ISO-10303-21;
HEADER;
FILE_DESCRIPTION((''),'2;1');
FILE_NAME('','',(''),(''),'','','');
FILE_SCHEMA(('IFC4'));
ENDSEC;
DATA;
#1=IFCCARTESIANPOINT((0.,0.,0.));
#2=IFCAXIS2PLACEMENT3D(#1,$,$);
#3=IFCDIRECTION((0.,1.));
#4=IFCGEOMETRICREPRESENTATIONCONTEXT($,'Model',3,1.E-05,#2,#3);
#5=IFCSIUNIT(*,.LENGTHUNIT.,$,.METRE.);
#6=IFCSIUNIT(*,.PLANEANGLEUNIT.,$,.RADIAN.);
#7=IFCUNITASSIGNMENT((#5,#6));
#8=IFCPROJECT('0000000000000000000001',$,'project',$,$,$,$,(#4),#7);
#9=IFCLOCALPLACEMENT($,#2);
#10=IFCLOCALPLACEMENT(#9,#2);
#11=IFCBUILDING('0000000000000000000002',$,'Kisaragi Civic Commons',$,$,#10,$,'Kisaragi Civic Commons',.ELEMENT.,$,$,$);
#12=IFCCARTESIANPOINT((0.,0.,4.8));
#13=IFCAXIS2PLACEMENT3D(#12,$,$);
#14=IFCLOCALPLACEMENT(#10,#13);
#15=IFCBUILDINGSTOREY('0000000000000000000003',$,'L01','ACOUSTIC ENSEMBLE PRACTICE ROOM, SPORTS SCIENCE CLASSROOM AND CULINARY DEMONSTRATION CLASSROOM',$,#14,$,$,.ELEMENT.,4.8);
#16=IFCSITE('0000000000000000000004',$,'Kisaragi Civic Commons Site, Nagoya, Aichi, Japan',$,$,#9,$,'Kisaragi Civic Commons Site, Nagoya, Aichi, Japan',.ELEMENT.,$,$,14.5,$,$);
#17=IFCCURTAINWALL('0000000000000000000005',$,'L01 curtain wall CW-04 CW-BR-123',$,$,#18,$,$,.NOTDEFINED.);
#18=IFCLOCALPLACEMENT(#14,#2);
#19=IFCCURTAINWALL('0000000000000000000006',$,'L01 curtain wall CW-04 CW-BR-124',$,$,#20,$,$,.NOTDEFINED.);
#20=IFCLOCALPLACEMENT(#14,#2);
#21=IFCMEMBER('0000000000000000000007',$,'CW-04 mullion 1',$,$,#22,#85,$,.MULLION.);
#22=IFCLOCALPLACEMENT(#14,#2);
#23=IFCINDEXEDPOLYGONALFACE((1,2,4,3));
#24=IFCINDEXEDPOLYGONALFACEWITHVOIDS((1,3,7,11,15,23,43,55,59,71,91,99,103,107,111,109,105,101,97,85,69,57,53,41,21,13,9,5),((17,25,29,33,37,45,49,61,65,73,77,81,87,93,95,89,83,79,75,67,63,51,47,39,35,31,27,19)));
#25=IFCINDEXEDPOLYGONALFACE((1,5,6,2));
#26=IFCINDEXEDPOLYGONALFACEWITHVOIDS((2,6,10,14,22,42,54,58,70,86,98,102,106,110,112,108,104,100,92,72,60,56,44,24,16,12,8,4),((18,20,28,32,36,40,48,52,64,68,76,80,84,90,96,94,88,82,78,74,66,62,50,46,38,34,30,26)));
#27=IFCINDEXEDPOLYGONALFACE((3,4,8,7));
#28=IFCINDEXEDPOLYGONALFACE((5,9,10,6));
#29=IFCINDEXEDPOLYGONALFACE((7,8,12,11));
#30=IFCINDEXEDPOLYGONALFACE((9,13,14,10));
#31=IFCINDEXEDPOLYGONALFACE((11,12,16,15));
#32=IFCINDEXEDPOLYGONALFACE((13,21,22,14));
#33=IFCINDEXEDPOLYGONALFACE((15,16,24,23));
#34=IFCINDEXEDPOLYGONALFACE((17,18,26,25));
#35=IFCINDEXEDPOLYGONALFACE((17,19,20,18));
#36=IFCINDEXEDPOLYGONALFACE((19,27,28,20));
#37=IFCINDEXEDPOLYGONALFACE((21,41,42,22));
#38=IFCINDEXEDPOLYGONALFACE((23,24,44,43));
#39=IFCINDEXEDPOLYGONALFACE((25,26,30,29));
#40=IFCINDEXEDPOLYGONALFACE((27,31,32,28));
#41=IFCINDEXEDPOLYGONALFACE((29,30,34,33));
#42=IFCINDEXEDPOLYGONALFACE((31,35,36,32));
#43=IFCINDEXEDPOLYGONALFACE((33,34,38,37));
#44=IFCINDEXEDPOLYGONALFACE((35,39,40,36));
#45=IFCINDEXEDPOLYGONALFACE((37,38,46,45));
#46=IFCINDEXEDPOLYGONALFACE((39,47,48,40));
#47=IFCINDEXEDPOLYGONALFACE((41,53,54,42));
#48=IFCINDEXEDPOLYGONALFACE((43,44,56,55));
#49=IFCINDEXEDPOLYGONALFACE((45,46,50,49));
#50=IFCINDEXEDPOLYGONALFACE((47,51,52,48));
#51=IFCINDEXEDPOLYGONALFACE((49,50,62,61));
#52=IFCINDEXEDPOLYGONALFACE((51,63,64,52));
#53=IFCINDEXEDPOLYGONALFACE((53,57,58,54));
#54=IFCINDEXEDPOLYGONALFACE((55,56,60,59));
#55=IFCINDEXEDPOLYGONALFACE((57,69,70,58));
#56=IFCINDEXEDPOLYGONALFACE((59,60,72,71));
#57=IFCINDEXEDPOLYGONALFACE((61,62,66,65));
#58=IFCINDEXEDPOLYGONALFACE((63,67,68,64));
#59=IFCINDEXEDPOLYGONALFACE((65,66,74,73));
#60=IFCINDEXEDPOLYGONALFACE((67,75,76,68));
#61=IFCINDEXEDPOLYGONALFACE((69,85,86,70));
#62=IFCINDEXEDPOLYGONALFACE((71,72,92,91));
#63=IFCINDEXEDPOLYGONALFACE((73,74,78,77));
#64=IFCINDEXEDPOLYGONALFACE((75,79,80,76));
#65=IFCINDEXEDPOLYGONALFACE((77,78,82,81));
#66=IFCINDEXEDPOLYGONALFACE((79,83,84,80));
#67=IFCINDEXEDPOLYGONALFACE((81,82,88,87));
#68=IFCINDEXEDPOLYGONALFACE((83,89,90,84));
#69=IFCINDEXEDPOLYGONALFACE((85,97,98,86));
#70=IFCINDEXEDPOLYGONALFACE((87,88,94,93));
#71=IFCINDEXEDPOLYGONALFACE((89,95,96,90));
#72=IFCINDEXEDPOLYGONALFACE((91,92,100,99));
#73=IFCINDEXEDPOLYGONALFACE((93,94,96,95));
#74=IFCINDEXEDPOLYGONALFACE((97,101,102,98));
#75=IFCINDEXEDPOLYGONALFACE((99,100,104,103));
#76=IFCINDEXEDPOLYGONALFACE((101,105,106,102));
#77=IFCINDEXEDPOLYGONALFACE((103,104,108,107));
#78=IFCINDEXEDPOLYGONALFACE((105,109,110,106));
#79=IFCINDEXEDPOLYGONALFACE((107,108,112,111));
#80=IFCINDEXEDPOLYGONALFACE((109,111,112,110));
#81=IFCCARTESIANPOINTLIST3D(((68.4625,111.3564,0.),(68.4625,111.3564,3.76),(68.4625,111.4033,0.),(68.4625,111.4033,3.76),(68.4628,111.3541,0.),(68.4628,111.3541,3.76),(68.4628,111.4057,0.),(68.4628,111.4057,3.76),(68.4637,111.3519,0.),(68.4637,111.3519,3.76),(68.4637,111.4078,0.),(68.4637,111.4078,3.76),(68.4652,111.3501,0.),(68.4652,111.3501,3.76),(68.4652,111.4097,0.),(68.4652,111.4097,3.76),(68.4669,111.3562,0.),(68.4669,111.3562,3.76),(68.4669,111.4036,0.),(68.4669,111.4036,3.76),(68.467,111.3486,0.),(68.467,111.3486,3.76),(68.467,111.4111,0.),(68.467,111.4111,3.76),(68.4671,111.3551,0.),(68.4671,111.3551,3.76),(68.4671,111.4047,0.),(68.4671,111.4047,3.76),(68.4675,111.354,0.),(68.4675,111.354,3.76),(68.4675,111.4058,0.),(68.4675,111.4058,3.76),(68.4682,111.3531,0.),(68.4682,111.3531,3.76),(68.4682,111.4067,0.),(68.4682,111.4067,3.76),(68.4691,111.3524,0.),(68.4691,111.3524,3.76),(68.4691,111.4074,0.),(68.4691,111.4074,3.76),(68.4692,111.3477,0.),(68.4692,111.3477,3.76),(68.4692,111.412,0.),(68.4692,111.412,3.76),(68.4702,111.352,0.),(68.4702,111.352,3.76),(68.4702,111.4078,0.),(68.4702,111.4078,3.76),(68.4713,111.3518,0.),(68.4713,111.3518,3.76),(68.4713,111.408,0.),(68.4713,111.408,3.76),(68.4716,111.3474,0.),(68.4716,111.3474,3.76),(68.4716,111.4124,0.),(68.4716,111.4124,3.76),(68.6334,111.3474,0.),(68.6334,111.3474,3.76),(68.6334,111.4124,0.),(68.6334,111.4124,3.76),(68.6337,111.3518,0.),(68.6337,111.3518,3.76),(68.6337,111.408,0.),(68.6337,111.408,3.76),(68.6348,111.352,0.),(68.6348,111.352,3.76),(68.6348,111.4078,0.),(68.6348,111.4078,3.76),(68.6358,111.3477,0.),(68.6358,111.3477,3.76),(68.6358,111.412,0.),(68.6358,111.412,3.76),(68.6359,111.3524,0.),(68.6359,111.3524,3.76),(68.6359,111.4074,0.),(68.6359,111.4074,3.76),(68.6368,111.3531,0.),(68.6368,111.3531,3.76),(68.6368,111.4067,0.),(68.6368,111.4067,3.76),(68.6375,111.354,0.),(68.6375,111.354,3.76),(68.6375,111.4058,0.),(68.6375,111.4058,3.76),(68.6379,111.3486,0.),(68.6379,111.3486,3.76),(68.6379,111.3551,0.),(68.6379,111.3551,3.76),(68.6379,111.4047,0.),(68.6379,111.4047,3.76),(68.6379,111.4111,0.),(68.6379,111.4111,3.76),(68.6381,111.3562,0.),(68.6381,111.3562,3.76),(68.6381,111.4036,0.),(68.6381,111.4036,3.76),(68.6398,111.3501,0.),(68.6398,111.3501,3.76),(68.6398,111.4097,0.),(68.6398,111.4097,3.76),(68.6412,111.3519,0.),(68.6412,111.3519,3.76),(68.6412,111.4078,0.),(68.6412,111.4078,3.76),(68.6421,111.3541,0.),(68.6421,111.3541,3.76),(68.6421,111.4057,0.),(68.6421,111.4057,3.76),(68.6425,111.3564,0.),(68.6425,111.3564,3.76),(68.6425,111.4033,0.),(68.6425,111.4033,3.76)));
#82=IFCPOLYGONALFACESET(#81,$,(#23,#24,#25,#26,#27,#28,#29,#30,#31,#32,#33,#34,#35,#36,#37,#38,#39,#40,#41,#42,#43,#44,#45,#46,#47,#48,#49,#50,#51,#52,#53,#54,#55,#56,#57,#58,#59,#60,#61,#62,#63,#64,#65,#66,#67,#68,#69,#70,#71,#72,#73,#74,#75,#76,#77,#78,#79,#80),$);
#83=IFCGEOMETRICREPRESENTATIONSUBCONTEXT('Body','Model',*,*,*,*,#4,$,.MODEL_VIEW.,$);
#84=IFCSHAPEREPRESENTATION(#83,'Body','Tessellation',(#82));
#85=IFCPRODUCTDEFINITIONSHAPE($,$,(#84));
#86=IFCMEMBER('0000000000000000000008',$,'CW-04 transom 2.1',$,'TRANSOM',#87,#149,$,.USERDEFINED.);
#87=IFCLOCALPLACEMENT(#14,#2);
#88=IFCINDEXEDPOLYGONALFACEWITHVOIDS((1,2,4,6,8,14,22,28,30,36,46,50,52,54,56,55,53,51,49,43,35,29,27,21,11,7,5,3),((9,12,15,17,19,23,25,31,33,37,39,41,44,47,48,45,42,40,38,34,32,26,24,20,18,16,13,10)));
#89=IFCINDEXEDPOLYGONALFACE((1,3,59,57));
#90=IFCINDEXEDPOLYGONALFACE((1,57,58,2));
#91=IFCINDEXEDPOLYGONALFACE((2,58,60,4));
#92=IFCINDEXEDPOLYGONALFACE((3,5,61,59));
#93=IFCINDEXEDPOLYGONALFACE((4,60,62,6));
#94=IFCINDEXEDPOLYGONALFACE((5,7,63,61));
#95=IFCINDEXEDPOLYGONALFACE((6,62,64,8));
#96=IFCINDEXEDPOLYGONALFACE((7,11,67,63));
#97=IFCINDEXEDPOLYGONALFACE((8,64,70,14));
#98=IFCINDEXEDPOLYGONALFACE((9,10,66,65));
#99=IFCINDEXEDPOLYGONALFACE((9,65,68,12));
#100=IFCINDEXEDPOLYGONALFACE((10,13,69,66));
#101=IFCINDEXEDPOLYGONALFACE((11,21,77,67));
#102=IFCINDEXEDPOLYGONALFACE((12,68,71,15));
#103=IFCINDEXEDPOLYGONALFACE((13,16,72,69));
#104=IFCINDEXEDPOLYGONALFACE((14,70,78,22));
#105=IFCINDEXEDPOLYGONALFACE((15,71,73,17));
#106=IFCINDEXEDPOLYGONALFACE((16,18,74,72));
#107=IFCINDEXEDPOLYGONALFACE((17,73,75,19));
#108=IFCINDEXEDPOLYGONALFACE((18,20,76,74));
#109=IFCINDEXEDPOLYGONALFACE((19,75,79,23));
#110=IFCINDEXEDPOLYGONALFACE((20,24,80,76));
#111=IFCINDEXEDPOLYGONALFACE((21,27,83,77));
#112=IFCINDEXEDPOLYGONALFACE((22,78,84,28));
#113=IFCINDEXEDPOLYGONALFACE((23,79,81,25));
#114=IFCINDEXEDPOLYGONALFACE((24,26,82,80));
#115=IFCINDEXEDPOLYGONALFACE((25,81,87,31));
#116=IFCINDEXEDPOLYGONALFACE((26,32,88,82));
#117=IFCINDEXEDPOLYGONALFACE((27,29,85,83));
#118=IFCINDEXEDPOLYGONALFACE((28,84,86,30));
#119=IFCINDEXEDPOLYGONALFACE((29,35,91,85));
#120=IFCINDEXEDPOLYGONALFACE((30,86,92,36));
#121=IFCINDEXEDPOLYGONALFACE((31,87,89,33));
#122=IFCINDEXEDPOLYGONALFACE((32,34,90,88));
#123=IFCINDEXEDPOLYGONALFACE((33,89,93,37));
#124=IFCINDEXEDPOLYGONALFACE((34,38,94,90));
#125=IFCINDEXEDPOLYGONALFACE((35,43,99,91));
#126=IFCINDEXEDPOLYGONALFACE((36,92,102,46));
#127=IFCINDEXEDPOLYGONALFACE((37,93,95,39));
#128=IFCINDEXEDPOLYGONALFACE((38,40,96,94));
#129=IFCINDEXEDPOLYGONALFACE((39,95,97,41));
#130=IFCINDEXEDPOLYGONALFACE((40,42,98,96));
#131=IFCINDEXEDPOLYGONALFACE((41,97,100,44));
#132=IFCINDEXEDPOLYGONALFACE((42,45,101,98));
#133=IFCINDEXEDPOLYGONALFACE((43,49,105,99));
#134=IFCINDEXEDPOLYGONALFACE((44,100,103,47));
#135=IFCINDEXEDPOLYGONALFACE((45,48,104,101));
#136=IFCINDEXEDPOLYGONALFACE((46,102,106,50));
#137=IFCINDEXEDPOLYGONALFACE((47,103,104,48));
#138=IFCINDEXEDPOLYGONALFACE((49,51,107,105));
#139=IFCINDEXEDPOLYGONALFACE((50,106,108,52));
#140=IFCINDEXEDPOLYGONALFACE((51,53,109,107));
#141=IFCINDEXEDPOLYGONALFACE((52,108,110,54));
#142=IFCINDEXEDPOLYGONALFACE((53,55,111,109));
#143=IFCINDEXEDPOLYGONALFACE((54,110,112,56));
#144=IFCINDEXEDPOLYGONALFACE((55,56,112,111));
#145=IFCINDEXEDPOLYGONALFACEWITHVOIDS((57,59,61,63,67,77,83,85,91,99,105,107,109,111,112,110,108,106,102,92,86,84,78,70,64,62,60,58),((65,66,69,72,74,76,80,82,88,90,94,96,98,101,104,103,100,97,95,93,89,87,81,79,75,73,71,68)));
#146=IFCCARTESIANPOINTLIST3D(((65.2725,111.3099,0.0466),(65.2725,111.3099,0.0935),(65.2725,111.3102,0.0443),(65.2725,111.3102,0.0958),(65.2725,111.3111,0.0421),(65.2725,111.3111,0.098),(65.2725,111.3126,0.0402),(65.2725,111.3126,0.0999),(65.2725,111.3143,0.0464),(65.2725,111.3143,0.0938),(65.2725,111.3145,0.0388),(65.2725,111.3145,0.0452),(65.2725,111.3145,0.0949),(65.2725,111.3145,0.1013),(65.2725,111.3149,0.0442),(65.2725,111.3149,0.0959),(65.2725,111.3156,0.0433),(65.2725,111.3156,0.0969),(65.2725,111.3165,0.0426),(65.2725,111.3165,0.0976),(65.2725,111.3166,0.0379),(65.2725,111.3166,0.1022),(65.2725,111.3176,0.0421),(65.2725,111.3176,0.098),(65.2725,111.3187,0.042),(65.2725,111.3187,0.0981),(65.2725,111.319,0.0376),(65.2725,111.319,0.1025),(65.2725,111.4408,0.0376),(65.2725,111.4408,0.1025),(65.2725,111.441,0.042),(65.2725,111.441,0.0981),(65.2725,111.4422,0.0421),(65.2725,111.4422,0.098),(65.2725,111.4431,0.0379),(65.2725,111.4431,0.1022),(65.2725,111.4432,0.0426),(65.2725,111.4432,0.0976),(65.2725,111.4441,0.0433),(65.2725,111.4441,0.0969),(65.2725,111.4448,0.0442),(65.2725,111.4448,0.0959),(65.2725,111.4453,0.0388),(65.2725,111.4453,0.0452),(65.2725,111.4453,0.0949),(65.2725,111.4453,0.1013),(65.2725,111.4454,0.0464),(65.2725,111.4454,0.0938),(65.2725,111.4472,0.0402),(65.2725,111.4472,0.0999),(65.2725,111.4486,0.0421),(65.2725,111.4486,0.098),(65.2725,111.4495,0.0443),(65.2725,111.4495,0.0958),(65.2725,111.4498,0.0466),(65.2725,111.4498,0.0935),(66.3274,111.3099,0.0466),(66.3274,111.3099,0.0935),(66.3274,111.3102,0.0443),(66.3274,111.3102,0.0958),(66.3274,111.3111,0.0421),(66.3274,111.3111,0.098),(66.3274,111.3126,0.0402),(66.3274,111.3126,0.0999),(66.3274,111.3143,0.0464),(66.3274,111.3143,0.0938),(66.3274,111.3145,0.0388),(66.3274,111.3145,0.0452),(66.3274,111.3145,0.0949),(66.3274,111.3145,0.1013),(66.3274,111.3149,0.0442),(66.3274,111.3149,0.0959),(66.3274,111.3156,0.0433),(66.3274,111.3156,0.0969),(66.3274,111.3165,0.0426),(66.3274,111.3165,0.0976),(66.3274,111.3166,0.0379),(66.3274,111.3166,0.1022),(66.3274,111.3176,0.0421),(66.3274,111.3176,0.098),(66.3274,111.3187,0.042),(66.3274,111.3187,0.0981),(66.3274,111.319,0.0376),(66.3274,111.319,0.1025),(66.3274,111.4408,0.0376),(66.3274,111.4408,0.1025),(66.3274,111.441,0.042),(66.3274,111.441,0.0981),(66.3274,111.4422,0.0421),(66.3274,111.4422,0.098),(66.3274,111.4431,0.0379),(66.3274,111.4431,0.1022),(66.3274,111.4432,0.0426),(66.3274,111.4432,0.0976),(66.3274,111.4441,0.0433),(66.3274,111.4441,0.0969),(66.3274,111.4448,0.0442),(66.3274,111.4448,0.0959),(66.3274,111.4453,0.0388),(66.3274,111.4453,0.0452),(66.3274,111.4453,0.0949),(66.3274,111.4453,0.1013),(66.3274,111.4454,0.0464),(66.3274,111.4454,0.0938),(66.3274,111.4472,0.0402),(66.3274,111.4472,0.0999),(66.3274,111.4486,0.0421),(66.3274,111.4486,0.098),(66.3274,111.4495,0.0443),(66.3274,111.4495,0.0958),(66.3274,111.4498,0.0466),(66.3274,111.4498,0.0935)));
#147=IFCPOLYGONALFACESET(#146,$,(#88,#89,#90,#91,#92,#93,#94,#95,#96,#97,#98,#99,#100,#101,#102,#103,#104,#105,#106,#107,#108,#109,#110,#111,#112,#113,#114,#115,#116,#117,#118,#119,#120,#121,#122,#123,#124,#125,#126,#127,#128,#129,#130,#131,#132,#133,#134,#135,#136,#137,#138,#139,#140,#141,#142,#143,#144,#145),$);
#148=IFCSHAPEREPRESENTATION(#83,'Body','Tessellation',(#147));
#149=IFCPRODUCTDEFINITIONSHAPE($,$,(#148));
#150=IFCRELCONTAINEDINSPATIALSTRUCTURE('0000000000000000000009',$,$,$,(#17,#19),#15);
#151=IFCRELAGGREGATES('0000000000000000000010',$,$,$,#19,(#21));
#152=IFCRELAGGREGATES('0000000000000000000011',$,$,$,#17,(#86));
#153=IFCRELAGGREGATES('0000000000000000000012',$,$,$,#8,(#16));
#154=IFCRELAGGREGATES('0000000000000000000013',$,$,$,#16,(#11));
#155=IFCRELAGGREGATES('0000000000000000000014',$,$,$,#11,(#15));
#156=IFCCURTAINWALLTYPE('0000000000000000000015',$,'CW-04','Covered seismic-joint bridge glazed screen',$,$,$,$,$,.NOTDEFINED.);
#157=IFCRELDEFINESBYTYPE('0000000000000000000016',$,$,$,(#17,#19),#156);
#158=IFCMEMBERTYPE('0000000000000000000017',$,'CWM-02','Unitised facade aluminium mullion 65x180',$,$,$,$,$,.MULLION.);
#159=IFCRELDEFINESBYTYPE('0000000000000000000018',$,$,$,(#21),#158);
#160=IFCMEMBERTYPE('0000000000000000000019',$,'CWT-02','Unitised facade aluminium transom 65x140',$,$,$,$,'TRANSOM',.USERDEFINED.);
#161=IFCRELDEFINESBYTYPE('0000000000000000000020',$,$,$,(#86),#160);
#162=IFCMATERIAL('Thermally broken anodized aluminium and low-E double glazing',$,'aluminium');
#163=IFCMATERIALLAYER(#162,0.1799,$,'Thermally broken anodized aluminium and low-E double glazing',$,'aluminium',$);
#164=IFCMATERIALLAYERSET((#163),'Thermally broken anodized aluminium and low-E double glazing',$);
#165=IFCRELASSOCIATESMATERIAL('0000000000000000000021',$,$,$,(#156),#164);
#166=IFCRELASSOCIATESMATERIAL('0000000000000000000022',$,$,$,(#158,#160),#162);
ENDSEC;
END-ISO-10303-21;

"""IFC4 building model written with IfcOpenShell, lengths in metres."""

from ifc_helpers import new_model, si_unit, direction, frame, origin, origin_2d, place, context, subcontext, project, spatial, hollow_rectangle, extrude, material, layer, layer_set, material_profile, profile_set, type_object, element, aggregate, save


model = new_model("IFC4")

# Units and contexts
model_context = context("Model", 3, precision=1e-05, world=origin(), true_north=direction((0.0, 1.0)))
body_context = subcontext(model_context, "Body", "Model", "MODEL_VIEW")
ifc_project = project(units=[si_unit("LENGTHUNIT", "METRE"), si_unit("PLANEANGLEUNIT", "RADIAN")], contexts=[model_context])

# Site, building, storey
site_placement = place(None, origin())
site = spatial("IfcSite", under=ifc_project, at=site_placement, Name="Kisaragi Civic Commons Site, Nagoya, Aichi, Japan", LongName="Kisaragi Civic Commons Site, Nagoya, Aichi, Japan", CompositionType="ELEMENT", RefElevation=14.5)
building_placement = place(site_placement, origin())
building = spatial("IfcBuilding", under=site, at=building_placement, Name="Kisaragi Civic Commons", LongName="Kisaragi Civic Commons", CompositionType="ELEMENT")
storey_placement = place(building_placement, frame((0.0, 0.0, 4.8)))
storey = spatial("IfcBuildingStorey", under=building, at=storey_placement, Name="L01", Description="ACOUSTIC ENSEMBLE PRACTICE ROOM, SPORTS SCIENCE CLASSROOM AND CULINARY DEMONSTRATION CLASSROOM", CompositionType="ELEMENT", Elevation=4.8)

# Curtain wall
ifc_material_1 = material(Name="Thermally broken anodized aluminium and low-E double glazing", Category="aluminium")
ifc_layer_1 = layer(ifc_material_1, 0.1799, Name="Thermally broken anodized aluminium and low-E double glazing", Category="aluminium")
ifc_layer_set_1 = layer_set([ifc_layer_1], Name="Thermally broken anodized aluminium and low-E double glazing")
curtain_wall_type = type_object("IfcCurtainWallType", Name="CW-04", Description="Covered seismic-joint bridge glazed screen", PredefinedType="NOTDEFINED", material=ifc_layer_set_1)
curtain_wall_1_placement = place(storey_placement, origin())
curtain_wall_1 = element("IfcCurtainWall", 1, at=curtain_wall_1_placement, inside=storey, type_object=curtain_wall_type, Name="L01 curtain wall CW-04 CW-BR-123", PredefinedType="NOTDEFINED")
ifc_material_profile_1 = material_profile(ifc_material_1, hollow_rectangle(XDim=0.0649, YDim=0.1799, WallThickness=0.0044, InnerFilletRadius=0.0044, OuterFilletRadius=0.009, at=origin_2d()), Name="CWM-65x180x4.5", Category="aluminium")
ifc_profile_set_1 = profile_set([ifc_material_profile_1], Name="Thermally broken anodized aluminium and low-E double glazing")
member_type_1 = type_object("IfcMemberType", Name="CWM-02", Description="Unitised facade aluminium mullion 65x180", PredefinedType="MULLION", material=ifc_profile_set_1)

# Curtain wall, member
curtain_wall_2_placement = place(storey_placement, origin())
curtain_wall_2 = element("IfcCurtainWall", 2, at=curtain_wall_2_placement, inside=storey, type_object=curtain_wall_type, Name="L01 curtain wall CW-04 CW-BR-124", PredefinedType="NOTDEFINED")
member_1_placement = place(storey_placement, frame((68.5525, 111.3799, 0.0), z_axis=(0.0, 0.0, 1.0), x_axis=(0.0, 1.0, 0.0)))
member_1 = element("IfcMember", 3, at=member_1_placement, type_object=member_type_1, Name="CW-04 mullion 1", PredefinedType="MULLION", context=body_context, shape_type="SweptSolid", body=[
    extrude(hollow_rectangle(XDim=0.0649, YDim=0.1799, WallThickness=0.0044, InnerFilletRadius=0.0044, OuterFilletRadius=0.009, at=origin_2d()), origin(), (0.0, 0.0, 1.0), 3.76),
])
aggregate(curtain_wall_2, [member_1])

# Member
ifc_material_profile_2 = material_profile(ifc_material_1, hollow_rectangle(XDim=0.1399, YDim=0.0649, WallThickness=0.0044, InnerFilletRadius=0.0044, OuterFilletRadius=0.009, at=origin_2d()), Name="CWT-65x140x4.5", Category="aluminium")
ifc_profile_set_2 = profile_set([ifc_material_profile_2], Name="Thermally broken anodized aluminium and low-E double glazing")
member_type_2 = type_object("IfcMemberType", Name="CWT-02", Description="Unitised facade aluminium transom 65x140", ElementType="TRANSOM", PredefinedType="USERDEFINED", material=ifc_profile_set_2)
member_2_placement = place(storey_placement, frame((65.2725, 111.3799, 0.0701), z_axis=(1.0, 0.0, 0.0), x_axis=(0.0, 1.0, 0.0)))
member_2 = element("IfcMember", 4, at=member_2_placement, type_object=member_type_2, Name="CW-04 transom 2.1", ObjectType="TRANSOM", PredefinedType="USERDEFINED", context=body_context, shape_type="SweptSolid", body=[
    extrude(hollow_rectangle(XDim=0.1399, YDim=0.0649, WallThickness=0.0044, InnerFilletRadius=0.0044, OuterFilletRadius=0.009, at=origin_2d()), origin(), (0.0, 0.0, 1.0), 1.0549),
])

aggregate(curtain_wall_1, [member_2])

save(model, "model.ifc")
